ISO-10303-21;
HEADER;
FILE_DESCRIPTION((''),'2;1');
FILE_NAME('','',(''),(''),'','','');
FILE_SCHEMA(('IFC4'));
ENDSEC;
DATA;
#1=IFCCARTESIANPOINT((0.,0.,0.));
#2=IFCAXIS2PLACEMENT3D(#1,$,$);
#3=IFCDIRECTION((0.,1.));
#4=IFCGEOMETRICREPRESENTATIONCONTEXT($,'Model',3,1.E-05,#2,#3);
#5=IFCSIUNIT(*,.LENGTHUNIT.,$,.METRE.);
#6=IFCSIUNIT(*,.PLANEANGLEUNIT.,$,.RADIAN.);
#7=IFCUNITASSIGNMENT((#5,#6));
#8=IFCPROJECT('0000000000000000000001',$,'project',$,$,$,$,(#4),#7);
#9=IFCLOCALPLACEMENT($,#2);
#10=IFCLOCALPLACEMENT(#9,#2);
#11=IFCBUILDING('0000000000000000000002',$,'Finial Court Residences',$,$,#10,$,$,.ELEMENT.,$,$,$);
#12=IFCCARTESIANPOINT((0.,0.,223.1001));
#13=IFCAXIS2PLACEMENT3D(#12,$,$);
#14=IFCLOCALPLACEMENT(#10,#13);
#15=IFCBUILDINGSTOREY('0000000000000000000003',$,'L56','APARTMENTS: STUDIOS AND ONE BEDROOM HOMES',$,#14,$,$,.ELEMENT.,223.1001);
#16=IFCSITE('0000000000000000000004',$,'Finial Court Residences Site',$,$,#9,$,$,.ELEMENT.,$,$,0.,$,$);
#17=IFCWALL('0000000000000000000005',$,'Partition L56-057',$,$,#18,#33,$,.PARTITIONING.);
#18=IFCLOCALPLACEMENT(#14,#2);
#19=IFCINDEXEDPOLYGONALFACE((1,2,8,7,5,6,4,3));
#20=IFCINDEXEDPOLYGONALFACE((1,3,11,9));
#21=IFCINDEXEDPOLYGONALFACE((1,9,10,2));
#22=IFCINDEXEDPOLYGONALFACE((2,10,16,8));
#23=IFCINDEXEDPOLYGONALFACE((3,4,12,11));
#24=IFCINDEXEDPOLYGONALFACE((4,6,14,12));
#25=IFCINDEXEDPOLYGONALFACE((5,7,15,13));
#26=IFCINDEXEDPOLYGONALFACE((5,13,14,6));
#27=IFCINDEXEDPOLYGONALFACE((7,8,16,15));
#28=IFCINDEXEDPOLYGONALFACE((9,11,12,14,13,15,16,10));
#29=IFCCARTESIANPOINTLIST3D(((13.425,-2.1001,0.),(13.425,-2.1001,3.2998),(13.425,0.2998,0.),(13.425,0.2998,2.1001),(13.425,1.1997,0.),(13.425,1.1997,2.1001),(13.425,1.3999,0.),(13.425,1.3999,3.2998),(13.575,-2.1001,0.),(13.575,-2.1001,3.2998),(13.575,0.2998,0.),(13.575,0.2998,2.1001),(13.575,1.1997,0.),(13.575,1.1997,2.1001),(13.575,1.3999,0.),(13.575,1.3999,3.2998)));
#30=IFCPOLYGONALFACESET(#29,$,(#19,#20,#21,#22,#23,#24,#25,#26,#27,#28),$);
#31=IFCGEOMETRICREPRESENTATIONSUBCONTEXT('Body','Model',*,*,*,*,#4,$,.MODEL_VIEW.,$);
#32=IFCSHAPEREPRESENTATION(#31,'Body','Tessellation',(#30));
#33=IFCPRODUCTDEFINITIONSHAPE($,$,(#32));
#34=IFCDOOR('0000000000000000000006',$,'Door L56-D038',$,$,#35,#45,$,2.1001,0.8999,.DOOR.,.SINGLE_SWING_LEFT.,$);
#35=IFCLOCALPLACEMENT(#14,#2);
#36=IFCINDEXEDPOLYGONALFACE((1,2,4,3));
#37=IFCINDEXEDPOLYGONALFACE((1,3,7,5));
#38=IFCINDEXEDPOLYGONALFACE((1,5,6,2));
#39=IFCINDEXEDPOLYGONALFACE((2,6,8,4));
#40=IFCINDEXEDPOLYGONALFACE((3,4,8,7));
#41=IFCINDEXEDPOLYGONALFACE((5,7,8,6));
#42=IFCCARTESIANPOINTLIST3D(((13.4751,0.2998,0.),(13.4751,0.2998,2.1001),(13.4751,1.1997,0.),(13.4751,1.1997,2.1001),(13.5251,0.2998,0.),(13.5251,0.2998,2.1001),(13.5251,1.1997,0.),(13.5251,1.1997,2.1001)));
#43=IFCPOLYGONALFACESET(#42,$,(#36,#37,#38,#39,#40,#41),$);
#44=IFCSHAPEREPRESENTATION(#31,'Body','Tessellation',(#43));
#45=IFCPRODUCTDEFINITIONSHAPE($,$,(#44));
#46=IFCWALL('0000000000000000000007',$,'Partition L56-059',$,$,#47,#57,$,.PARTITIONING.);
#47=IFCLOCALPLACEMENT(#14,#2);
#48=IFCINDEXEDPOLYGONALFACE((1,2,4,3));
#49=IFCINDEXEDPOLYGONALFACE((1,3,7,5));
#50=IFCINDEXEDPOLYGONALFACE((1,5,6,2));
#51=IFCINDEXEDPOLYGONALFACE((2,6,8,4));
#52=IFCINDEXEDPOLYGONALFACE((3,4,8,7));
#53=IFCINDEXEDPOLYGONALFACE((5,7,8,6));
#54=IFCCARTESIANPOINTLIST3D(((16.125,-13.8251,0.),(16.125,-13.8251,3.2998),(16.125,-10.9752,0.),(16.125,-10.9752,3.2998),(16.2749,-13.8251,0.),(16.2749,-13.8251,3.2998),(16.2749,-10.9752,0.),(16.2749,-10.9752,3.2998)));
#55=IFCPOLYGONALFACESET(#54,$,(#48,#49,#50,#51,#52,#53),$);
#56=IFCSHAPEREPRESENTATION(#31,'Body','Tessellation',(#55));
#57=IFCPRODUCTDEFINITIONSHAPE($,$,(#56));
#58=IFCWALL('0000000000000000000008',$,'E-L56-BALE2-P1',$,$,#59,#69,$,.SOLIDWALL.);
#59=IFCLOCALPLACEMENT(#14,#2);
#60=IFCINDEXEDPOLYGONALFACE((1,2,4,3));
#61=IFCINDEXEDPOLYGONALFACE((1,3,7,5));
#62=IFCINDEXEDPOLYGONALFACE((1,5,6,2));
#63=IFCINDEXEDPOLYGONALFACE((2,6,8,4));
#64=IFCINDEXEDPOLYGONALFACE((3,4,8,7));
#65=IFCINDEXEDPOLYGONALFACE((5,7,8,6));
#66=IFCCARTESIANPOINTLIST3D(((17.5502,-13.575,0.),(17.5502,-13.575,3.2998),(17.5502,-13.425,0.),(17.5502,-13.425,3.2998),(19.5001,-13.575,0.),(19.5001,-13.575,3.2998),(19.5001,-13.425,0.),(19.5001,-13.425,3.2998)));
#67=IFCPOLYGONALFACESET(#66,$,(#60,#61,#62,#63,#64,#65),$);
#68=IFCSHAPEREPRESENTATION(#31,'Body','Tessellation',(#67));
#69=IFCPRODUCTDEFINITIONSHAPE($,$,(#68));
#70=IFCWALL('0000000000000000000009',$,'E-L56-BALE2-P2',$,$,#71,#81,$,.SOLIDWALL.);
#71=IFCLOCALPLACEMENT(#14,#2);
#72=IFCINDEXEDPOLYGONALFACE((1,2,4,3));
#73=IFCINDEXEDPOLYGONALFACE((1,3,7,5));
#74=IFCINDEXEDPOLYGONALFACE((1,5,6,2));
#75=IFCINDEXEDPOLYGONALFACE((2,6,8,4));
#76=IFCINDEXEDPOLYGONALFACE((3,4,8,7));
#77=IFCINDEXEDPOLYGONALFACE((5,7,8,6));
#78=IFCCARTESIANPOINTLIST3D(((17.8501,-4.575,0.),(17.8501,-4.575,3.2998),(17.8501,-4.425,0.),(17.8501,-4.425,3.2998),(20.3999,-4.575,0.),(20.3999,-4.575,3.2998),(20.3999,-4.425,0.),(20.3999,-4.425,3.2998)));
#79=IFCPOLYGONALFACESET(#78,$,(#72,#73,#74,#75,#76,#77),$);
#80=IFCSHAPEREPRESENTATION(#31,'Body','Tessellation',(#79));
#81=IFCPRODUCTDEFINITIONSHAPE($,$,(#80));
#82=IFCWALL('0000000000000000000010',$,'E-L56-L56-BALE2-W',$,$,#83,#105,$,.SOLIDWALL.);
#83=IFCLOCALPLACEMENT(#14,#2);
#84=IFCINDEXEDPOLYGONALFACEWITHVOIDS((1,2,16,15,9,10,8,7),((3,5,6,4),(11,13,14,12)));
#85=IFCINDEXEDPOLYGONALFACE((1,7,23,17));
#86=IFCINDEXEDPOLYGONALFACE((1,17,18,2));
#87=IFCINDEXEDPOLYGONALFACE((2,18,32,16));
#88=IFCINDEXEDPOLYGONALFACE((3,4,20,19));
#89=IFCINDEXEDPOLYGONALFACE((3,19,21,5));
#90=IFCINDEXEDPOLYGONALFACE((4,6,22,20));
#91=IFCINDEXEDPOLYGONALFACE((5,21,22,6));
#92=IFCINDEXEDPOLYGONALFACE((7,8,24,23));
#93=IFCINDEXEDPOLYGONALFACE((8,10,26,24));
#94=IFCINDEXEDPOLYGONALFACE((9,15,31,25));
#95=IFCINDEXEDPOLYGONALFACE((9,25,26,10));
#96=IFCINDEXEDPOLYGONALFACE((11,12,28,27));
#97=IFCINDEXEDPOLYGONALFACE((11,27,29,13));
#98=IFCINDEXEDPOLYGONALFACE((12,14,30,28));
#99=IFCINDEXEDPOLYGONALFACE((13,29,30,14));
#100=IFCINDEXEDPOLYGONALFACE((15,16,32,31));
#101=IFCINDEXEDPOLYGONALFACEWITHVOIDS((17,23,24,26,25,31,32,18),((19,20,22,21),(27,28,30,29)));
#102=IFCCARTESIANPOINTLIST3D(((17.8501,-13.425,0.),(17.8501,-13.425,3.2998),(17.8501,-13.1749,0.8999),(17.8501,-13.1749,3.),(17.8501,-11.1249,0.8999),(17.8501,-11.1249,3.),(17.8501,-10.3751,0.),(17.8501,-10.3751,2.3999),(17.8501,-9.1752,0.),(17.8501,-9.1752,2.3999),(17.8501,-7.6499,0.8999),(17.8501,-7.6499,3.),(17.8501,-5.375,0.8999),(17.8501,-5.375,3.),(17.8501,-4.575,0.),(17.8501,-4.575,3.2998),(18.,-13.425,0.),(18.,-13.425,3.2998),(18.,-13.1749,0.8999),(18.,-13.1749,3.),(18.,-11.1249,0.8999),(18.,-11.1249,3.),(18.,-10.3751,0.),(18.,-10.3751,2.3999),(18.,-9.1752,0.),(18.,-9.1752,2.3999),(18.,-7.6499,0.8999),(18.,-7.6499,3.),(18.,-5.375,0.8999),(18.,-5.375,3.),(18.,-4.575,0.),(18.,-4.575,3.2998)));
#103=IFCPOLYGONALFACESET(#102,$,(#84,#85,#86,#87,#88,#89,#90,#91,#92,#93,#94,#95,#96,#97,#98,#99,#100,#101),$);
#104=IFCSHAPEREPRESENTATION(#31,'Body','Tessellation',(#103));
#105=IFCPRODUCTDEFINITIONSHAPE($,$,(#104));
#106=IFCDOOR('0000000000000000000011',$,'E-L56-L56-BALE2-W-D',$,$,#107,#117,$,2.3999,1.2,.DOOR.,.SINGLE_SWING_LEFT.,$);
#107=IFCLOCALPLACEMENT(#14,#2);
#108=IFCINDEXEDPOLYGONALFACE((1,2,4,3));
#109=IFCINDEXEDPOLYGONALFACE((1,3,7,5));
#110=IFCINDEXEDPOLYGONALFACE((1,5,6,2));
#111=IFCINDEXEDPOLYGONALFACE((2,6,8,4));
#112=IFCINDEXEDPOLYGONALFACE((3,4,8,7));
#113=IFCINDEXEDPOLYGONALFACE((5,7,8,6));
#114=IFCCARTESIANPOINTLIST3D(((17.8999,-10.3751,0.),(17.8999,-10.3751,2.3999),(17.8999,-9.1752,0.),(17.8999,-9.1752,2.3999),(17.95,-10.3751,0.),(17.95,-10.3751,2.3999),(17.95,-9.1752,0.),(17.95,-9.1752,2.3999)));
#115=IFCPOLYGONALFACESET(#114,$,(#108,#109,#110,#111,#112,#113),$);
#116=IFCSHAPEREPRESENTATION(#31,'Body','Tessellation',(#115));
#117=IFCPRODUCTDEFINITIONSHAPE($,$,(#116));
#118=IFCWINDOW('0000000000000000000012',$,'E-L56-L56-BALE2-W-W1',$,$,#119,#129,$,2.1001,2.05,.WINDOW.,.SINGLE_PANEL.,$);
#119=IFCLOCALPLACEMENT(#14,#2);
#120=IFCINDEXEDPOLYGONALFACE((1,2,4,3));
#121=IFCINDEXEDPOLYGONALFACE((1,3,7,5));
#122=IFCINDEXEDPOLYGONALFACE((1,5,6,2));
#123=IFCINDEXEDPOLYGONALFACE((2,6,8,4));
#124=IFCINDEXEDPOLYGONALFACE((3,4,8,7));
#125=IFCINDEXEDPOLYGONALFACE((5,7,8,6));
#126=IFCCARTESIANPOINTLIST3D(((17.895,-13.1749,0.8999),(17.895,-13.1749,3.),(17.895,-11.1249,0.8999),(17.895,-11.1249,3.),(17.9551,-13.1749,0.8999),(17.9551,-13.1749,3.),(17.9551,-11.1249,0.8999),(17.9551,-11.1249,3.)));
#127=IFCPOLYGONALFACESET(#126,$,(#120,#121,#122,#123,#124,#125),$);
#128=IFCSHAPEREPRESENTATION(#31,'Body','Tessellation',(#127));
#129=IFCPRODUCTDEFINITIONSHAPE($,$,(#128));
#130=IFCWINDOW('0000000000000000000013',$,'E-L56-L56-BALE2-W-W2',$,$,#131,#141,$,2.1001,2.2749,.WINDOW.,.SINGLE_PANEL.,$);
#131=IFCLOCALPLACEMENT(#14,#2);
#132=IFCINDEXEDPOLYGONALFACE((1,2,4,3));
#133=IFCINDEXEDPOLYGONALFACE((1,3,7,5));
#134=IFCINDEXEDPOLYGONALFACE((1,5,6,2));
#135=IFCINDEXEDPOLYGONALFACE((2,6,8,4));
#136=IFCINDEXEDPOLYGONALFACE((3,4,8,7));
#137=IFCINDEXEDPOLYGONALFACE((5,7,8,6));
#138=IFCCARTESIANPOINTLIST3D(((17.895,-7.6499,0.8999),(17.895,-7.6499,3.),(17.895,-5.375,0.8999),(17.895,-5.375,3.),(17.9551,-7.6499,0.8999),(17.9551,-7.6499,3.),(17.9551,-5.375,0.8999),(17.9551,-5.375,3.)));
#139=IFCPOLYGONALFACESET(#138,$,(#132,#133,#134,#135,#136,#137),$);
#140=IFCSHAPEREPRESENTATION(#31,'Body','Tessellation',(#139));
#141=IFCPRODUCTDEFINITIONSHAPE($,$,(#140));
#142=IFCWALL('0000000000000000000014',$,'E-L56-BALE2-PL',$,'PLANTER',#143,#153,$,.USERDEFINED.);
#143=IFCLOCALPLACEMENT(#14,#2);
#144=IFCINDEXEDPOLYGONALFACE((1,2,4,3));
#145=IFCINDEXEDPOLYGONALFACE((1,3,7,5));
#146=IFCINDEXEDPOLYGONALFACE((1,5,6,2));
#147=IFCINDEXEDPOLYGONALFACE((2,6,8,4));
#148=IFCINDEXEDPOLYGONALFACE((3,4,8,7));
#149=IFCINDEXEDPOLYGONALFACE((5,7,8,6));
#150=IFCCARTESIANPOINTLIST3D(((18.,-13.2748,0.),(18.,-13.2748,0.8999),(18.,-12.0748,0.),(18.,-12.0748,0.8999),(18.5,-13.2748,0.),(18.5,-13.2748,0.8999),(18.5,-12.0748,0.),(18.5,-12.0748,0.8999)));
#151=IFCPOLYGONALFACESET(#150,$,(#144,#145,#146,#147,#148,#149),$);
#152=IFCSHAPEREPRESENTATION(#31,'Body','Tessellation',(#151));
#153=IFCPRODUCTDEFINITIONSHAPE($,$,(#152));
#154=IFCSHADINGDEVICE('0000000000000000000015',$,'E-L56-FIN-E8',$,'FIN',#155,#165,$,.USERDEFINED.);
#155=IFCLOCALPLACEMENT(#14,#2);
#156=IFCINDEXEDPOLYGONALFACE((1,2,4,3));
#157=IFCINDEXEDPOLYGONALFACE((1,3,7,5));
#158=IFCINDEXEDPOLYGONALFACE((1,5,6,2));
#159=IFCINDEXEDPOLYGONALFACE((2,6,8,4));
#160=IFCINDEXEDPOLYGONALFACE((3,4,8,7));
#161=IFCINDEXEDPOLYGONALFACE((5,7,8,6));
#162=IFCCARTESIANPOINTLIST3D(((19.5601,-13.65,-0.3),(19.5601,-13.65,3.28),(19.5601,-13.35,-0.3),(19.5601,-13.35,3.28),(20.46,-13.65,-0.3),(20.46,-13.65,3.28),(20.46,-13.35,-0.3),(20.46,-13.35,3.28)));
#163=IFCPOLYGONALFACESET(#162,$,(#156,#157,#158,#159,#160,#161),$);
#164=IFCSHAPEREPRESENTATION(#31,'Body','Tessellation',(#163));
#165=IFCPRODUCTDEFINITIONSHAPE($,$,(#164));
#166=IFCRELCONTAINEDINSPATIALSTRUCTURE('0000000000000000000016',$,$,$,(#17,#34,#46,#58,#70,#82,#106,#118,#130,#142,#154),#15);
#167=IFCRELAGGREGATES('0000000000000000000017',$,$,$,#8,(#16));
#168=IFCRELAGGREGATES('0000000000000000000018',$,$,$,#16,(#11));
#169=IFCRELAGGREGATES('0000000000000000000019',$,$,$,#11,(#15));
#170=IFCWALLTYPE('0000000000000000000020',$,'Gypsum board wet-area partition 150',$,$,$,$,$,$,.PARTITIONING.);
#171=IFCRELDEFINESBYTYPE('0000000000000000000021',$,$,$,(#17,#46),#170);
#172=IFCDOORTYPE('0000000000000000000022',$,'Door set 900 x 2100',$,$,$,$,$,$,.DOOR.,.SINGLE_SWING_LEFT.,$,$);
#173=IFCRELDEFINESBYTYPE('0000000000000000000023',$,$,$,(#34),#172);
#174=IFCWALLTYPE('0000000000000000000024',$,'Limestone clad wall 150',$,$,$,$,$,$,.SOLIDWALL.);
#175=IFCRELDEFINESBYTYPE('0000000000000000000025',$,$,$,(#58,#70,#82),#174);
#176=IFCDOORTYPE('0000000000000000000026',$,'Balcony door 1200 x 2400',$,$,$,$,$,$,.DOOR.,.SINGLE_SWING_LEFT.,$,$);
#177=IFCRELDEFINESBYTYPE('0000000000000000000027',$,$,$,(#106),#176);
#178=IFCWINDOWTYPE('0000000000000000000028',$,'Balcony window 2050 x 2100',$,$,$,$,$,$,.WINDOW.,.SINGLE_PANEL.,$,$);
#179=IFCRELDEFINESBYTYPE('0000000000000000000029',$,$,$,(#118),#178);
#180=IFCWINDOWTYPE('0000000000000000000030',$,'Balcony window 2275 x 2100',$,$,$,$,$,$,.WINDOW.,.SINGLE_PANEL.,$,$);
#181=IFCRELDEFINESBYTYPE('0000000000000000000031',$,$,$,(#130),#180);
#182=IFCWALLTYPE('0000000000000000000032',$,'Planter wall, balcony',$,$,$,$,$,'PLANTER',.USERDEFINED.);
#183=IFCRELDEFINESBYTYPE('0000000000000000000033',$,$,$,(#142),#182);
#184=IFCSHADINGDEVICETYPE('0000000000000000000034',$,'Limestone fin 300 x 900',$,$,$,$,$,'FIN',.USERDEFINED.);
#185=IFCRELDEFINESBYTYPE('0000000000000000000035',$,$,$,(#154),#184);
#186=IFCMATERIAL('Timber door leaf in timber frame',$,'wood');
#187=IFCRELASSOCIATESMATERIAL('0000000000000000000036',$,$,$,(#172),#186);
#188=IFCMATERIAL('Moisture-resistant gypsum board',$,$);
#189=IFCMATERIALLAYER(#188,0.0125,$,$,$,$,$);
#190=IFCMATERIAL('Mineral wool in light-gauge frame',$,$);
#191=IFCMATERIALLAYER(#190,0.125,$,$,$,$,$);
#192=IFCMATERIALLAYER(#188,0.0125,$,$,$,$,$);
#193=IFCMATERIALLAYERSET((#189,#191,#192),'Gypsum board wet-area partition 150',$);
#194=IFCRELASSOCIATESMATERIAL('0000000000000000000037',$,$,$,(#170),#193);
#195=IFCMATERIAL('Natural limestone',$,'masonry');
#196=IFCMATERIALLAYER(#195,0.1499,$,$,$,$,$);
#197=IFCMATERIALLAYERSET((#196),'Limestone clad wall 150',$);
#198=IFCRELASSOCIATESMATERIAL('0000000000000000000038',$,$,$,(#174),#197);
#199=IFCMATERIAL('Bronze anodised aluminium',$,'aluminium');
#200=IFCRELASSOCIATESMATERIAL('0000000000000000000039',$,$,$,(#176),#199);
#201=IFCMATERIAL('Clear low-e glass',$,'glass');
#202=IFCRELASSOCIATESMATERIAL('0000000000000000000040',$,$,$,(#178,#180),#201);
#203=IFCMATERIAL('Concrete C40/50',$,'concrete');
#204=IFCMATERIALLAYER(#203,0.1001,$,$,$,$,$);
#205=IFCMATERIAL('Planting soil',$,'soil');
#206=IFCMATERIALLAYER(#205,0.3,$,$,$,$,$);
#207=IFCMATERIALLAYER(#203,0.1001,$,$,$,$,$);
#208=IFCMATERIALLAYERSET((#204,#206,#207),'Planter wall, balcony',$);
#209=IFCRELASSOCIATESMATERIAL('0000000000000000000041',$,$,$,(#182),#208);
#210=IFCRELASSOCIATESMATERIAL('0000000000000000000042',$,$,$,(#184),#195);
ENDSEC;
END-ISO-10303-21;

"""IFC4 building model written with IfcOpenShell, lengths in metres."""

from ifc_helpers import new_model, si_unit, direction, frame, frame_2d, origin, origin_2d, place, context, subcontext, project, spatial, rectangle, extrude, material, layer, layer_set, type_object, element, fill, save


model = new_model("IFC4")

# Units and contexts
model_context = context("Model", 3, precision=1e-05, world=origin(), true_north=direction((0.0, 1.0)))
body_context = subcontext(model_context, "Body", "Model", "MODEL_VIEW")
ifc_project = project(units=[si_unit("LENGTHUNIT", "METRE"), si_unit("PLANEANGLEUNIT", "RADIAN")], contexts=[model_context])

# Site, building, storey
site_placement = place(None, origin())
site = spatial("IfcSite", under=ifc_project, at=site_placement, Name="Finial Court Residences Site", CompositionType="ELEMENT", RefElevation=0.0)
building_placement = place(site_placement, origin())
building = spatial("IfcBuilding", under=site, at=building_placement, Name="Finial Court Residences", CompositionType="ELEMENT")
storey_placement = place(building_placement, frame((0.0, 0.0, 223.1001)))
storey = spatial("IfcBuildingStorey", under=building, at=storey_placement, Name="L56", Description="APARTMENTS: STUDIOS AND ONE BEDROOM HOMES", CompositionType="ELEMENT", Elevation=223.1001)

# Shared definitions
ifc_material_1 = material(Name="Bronze anodised aluminium", Category="aluminium")

# Shared definitions
ifc_material_2 = material(Name="Clear low-e glass", Category="glass")

# Wall, opening, door
ifc_material_3 = material(Name="Mineral wool in light-gauge frame")
ifc_material_4 = material(Name="Timber door leaf in timber frame", Category="wood")
door_type_1 = type_object("IfcDoorType", Name="Door set 900 x 2100", OperationType="SINGLE_SWING_LEFT", PredefinedType="DOOR", material=ifc_material_4)
ifc_material_5 = material(Name="Moisture-resistant gypsum board")
ifc_layer_1 = layer(ifc_material_5, 0.0125)
ifc_layer_2 = layer(ifc_material_3, 0.125)
ifc_layer_3 = layer(ifc_material_5, 0.0125)
ifc_layer_set_1 = layer_set([ifc_layer_1, ifc_layer_2, ifc_layer_3], Name="Gypsum board wet-area partition 150")
wall_type_1 = type_object("IfcWallType", Name="Gypsum board wet-area partition 150", PredefinedType="PARTITIONING", material=ifc_layer_set_1)
wall_1_placement = place(storey_placement, frame((13.5, -2.1001, 0.0), z_axis=(0.0, 0.0, 1.0), x_axis=(0.0, 1.0, 0.0)))
wall_1 = element("IfcWall", 1, at=wall_1_placement, inside=storey, type_object=wall_type_1, Name="Partition L56-057", PredefinedType="PARTITIONING", context=body_context, shape_type="SweptSolid", body=[
    extrude(rectangle(XDim=3.5, YDim=0.1499, at=frame_2d((1.75, 0.0))), origin(), (0.0, 0.0, 1.0), 3.2998),
])
opening_1_placement = place(wall_1_placement, frame((2.3999, 0.0, 0.0)))
opening_1 = element("IfcOpeningElement", 2, at=opening_1_placement, cuts=wall_1, PredefinedType="OPENING", context=body_context, shape_type="SweptSolid", body=[
    extrude(rectangle(XDim=0.8999, YDim=2.1001, at=frame_2d((0.45, 1.05))), frame((0.0, 0.085, 0.0), z_axis=(0.0, -1.0, 0.0), x_axis=(1.0, 0.0, 0.0)), (0.0, 0.0, 1.0), 0.1699),
])
door_1_placement = place(opening_1_placement, origin())
door_1 = element("IfcDoor", 3, at=door_1_placement, inside=storey, type_object=door_type_1, Name="Door L56-D038", OperationType="SINGLE_SWING_LEFT", OverallHeight=2.1001, OverallWidth=0.8999, PredefinedType="DOOR", context=body_context, shape_type="SweptSolid", body=[
    extrude(rectangle(XDim=0.8999, YDim=2.1001, at=frame_2d((0.45, 1.05))), frame((0.0, 0.0249, 0.0), z_axis=(0.0, -1.0, 0.0), x_axis=(1.0, 0.0, 0.0)), (0.0, 0.0, 1.0), 0.05),
])
fill(opening_1, door_1)

# Walls
wall_2_placement = place(storey_placement, frame((16.2, -13.825, 0.0), z_axis=(0.0, 0.0, 1.0), x_axis=(0.0, 1.0, 0.0)))
element("IfcWall", 4, at=wall_2_placement, inside=storey, type_object=wall_type_1, Name="Partition L56-059", PredefinedType="PARTITIONING", context=body_context, shape_type="SweptSolid", body=[
    extrude(rectangle(XDim=2.8499, YDim=0.1499, at=frame_2d((1.4248, 0.0))), origin(), (0.0, 0.0, 1.0), 3.2998),
])
ifc_material_6 = material(Name="Natural limestone", Category="masonry")
ifc_layer_4 = layer(ifc_material_6, 0.1499)
ifc_layer_set_2 = layer_set([ifc_layer_4], Name="Limestone clad wall 150")
wall_type_2 = type_object("IfcWallType", Name="Limestone clad wall 150", PredefinedType="SOLIDWALL", material=ifc_layer_set_2)
wall_3_placement = place(storey_placement, frame((17.55, -13.5, 0.0), z_axis=(0.0, 0.0, 1.0), x_axis=(1.0, 0.0, 0.0)))
element("IfcWall", 5, at=wall_3_placement, inside=storey, type_object=wall_type_2, Name="E-L56-BALE2-P1", PredefinedType="SOLIDWALL", context=body_context, shape_type="SweptSolid", body=[
    extrude(rectangle(XDim=1.95, YDim=0.1499, at=frame_2d((0.9751, 0.0))), origin(), (0.0, 0.0, 1.0), 3.2998),
])
wall_4_placement = place(storey_placement, frame((17.8501, -4.5, 0.0), z_axis=(0.0, 0.0, 1.0), x_axis=(1.0, 0.0, 0.0)))
element("IfcWall", 6, at=wall_4_placement, inside=storey, type_object=wall_type_2, Name="E-L56-BALE2-P2", PredefinedType="SOLIDWALL", context=body_context, shape_type="SweptSolid", body=[
    extrude(rectangle(XDim=2.5498, YDim=0.1499, at=frame_2d((1.2749, 0.0))), origin(), (0.0, 0.0, 1.0), 3.2998),
])

# Wall, openings, door, windows
wall_5_placement = place(storey_placement, frame((17.925, -4.575, 0.0), z_axis=(0.0, 0.0, 1.0), x_axis=(0.0, -1.0, 0.0)))
wall_5 = element("IfcWall", 7, at=wall_5_placement, inside=storey, type_object=wall_type_2, Name="E-L56-L56-BALE2-W", PredefinedType="SOLIDWALL", context=body_context, shape_type="SweptSolid", body=[
    extrude(rectangle(XDim=8.8501, YDim=0.1499, at=frame_2d((4.425, 0.0))), origin(), (0.0, 0.0, 1.0), 3.2998),
])
opening_2_placement = place(wall_5_placement, frame((4.6001, 0.0, 0.0)))
opening_2 = element("IfcOpeningElement", 8, at=opening_2_placement, cuts=wall_5, PredefinedType="OPENING", context=body_context, shape_type="SweptSolid", body=[
    extrude(rectangle(XDim=1.2, YDim=2.3999, at=frame_2d((0.6001, 1.2))), frame((0.0, 0.085, 0.0), z_axis=(0.0, -1.0, 0.0), x_axis=(1.0, 0.0, 0.0)), (0.0, 0.0, 1.0), 0.1699),
])
opening_3_placement = place(wall_5_placement, frame((6.55, 0.0, 0.8999)))
opening_3 = element("IfcOpeningElement", 9, at=opening_3_placement, cuts=wall_5, PredefinedType="OPENING", context=body_context, shape_type="SweptSolid", body=[
    extrude(rectangle(XDim=2.05, YDim=2.1001, at=frame_2d((1.0249, 1.05))), frame((0.0, 0.085, 0.0), z_axis=(0.0, -1.0, 0.0), x_axis=(1.0, 0.0, 0.0)), (0.0, 0.0, 1.0), 0.1699),
])
opening_4_placement = place(wall_5_placement, frame((0.8, 0.0, 0.8999)))
opening_4 = element("IfcOpeningElement", 10, at=opening_4_placement, cuts=wall_5, PredefinedType="OPENING", context=body_context, shape_type="SweptSolid", body=[
    extrude(rectangle(XDim=2.2749, YDim=2.1001, at=frame_2d((1.1375, 1.05))), frame((0.0, 0.085, 0.0), z_axis=(0.0, -1.0, 0.0), x_axis=(1.0, 0.0, 0.0)), (0.0, 0.0, 1.0), 0.1699),
])
door_type_2 = type_object("IfcDoorType", Name="Balcony door 1200 x 2400", OperationType="SINGLE_SWING_LEFT", PredefinedType="DOOR", material=ifc_material_1)
door_2_placement = place(opening_2_placement, origin())
door_2 = element("IfcDoor", 11, at=door_2_placement, inside=storey, type_object=door_type_2, Name="E-L56-L56-BALE2-W-D", OperationType="SINGLE_SWING_LEFT", OverallHeight=2.3999, OverallWidth=1.2, PredefinedType="DOOR", context=body_context, shape_type="SweptSolid", body=[
    extrude(rectangle(XDim=1.2, YDim=2.3999, at=frame_2d((0.6001, 1.2))), frame((0.0, 0.0249, 0.0), z_axis=(0.0, -1.0, 0.0), x_axis=(1.0, 0.0, 0.0)), (0.0, 0.0, 1.0), 0.05),
])
fill(opening_2, door_2)
window_type_1 = type_object("IfcWindowType", Name="Balcony window 2050 x 2100", PartitioningType="SINGLE_PANEL", PredefinedType="WINDOW", material=ifc_material_2)
window_1_placement = place(opening_3_placement, origin())
window_1 = element("IfcWindow", 12, at=window_1_placement, inside=storey, type_object=window_type_1, Name="E-L56-L56-BALE2-W-W1", OverallHeight=2.1001, OverallWidth=2.05, PartitioningType="SINGLE_PANEL", PredefinedType="WINDOW", context=body_context, shape_type="SweptSolid", body=[
    extrude(rectangle(XDim=2.05, YDim=2.1001, at=frame_2d((1.0249, 1.05))), frame((0.0, 0.03, 0.0), z_axis=(0.0, -1.0, 0.0), x_axis=(1.0, 0.0, 0.0)), (0.0, 0.0, 1.0), 0.0601),
])
fill(opening_3, window_1)
window_type_2 = type_object("IfcWindowType", Name="Balcony window 2275 x 2100", PartitioningType="SINGLE_PANEL", PredefinedType="WINDOW", material=ifc_material_2)
window_2_placement = place(opening_4_placement, origin())
window_2 = element("IfcWindow", 13, at=window_2_placement, inside=storey, type_object=window_type_2, Name="E-L56-L56-BALE2-W-W2", OverallHeight=2.1001, OverallWidth=2.2749, PartitioningType="SINGLE_PANEL", PredefinedType="WINDOW", context=body_context, shape_type="SweptSolid", body=[
    extrude(rectangle(XDim=2.2749, YDim=2.1001, at=frame_2d((1.1375, 1.05))), frame((0.0, 0.03, 0.0), z_axis=(0.0, -1.0, 0.0), x_axis=(1.0, 0.0, 0.0)), (0.0, 0.0, 1.0), 0.0601),
])
fill(opening_4, window_2)

# Wall
ifc_material_7 = material(Name="Concrete C40/50", Category="concrete")
ifc_layer_5 = layer(ifc_material_7, 0.1001)
ifc_material_8 = material(Name="Planting soil", Category="soil")
ifc_layer_6 = layer(ifc_material_8, 0.3)
ifc_layer_7 = layer(ifc_material_7, 0.1001)
ifc_layer_set_3 = layer_set([ifc_layer_5, ifc_layer_6, ifc_layer_7], Name="Planter wall, balcony")
wall_type_3 = type_object("IfcWallType", Name="Planter wall, balcony", ElementType="PLANTER", PredefinedType="USERDEFINED", material=ifc_layer_set_3)
wall_6_placement = place(storey_placement, frame((18.25, -13.2749, 0.0), z_axis=(0.0, 0.0, 1.0), x_axis=(0.0, 1.0, 0.0)))
element("IfcWall", 14, at=wall_6_placement, inside=storey, type_object=wall_type_3, Name="E-L56-BALE2-PL", ObjectType="PLANTER", PredefinedType="USERDEFINED", context=body_context, shape_type="SweptSolid", body=[
    extrude(rectangle(XDim=1.2, YDim=0.5, at=frame_2d((0.6001, 0.0))), origin(), (0.0, 0.0, 1.0), 0.8999),
])

# Shading device
shading_device_type = type_object("IfcShadingDeviceType", Name="Limestone fin 300 x 900", ElementType="FIN", PredefinedType="USERDEFINED", material=ifc_material_6)
for number, where, z_axis, x_axis, name in (
    (15, (20.01, -13.5, -0.3), (0.0, 0.0, 1.0), (1.0, 0.0, 0.0), "E-L56-FIN-E8"),
):
    element("IfcShadingDevice", number, at=place(storey_placement, frame(where, z_axis=z_axis, x_axis=x_axis)), inside=storey, type_object=shading_device_type, Name=name, ObjectType="FIN", PredefinedType="USERDEFINED", context=body_context, shape_type="SweptSolid", body=[
        extrude(rectangle(XDim=0.8999, YDim=0.3, at=origin_2d()), origin(), (0.0, 0.0, 1.0), 3.5801),
    ])

save(model, "model.ifc")
